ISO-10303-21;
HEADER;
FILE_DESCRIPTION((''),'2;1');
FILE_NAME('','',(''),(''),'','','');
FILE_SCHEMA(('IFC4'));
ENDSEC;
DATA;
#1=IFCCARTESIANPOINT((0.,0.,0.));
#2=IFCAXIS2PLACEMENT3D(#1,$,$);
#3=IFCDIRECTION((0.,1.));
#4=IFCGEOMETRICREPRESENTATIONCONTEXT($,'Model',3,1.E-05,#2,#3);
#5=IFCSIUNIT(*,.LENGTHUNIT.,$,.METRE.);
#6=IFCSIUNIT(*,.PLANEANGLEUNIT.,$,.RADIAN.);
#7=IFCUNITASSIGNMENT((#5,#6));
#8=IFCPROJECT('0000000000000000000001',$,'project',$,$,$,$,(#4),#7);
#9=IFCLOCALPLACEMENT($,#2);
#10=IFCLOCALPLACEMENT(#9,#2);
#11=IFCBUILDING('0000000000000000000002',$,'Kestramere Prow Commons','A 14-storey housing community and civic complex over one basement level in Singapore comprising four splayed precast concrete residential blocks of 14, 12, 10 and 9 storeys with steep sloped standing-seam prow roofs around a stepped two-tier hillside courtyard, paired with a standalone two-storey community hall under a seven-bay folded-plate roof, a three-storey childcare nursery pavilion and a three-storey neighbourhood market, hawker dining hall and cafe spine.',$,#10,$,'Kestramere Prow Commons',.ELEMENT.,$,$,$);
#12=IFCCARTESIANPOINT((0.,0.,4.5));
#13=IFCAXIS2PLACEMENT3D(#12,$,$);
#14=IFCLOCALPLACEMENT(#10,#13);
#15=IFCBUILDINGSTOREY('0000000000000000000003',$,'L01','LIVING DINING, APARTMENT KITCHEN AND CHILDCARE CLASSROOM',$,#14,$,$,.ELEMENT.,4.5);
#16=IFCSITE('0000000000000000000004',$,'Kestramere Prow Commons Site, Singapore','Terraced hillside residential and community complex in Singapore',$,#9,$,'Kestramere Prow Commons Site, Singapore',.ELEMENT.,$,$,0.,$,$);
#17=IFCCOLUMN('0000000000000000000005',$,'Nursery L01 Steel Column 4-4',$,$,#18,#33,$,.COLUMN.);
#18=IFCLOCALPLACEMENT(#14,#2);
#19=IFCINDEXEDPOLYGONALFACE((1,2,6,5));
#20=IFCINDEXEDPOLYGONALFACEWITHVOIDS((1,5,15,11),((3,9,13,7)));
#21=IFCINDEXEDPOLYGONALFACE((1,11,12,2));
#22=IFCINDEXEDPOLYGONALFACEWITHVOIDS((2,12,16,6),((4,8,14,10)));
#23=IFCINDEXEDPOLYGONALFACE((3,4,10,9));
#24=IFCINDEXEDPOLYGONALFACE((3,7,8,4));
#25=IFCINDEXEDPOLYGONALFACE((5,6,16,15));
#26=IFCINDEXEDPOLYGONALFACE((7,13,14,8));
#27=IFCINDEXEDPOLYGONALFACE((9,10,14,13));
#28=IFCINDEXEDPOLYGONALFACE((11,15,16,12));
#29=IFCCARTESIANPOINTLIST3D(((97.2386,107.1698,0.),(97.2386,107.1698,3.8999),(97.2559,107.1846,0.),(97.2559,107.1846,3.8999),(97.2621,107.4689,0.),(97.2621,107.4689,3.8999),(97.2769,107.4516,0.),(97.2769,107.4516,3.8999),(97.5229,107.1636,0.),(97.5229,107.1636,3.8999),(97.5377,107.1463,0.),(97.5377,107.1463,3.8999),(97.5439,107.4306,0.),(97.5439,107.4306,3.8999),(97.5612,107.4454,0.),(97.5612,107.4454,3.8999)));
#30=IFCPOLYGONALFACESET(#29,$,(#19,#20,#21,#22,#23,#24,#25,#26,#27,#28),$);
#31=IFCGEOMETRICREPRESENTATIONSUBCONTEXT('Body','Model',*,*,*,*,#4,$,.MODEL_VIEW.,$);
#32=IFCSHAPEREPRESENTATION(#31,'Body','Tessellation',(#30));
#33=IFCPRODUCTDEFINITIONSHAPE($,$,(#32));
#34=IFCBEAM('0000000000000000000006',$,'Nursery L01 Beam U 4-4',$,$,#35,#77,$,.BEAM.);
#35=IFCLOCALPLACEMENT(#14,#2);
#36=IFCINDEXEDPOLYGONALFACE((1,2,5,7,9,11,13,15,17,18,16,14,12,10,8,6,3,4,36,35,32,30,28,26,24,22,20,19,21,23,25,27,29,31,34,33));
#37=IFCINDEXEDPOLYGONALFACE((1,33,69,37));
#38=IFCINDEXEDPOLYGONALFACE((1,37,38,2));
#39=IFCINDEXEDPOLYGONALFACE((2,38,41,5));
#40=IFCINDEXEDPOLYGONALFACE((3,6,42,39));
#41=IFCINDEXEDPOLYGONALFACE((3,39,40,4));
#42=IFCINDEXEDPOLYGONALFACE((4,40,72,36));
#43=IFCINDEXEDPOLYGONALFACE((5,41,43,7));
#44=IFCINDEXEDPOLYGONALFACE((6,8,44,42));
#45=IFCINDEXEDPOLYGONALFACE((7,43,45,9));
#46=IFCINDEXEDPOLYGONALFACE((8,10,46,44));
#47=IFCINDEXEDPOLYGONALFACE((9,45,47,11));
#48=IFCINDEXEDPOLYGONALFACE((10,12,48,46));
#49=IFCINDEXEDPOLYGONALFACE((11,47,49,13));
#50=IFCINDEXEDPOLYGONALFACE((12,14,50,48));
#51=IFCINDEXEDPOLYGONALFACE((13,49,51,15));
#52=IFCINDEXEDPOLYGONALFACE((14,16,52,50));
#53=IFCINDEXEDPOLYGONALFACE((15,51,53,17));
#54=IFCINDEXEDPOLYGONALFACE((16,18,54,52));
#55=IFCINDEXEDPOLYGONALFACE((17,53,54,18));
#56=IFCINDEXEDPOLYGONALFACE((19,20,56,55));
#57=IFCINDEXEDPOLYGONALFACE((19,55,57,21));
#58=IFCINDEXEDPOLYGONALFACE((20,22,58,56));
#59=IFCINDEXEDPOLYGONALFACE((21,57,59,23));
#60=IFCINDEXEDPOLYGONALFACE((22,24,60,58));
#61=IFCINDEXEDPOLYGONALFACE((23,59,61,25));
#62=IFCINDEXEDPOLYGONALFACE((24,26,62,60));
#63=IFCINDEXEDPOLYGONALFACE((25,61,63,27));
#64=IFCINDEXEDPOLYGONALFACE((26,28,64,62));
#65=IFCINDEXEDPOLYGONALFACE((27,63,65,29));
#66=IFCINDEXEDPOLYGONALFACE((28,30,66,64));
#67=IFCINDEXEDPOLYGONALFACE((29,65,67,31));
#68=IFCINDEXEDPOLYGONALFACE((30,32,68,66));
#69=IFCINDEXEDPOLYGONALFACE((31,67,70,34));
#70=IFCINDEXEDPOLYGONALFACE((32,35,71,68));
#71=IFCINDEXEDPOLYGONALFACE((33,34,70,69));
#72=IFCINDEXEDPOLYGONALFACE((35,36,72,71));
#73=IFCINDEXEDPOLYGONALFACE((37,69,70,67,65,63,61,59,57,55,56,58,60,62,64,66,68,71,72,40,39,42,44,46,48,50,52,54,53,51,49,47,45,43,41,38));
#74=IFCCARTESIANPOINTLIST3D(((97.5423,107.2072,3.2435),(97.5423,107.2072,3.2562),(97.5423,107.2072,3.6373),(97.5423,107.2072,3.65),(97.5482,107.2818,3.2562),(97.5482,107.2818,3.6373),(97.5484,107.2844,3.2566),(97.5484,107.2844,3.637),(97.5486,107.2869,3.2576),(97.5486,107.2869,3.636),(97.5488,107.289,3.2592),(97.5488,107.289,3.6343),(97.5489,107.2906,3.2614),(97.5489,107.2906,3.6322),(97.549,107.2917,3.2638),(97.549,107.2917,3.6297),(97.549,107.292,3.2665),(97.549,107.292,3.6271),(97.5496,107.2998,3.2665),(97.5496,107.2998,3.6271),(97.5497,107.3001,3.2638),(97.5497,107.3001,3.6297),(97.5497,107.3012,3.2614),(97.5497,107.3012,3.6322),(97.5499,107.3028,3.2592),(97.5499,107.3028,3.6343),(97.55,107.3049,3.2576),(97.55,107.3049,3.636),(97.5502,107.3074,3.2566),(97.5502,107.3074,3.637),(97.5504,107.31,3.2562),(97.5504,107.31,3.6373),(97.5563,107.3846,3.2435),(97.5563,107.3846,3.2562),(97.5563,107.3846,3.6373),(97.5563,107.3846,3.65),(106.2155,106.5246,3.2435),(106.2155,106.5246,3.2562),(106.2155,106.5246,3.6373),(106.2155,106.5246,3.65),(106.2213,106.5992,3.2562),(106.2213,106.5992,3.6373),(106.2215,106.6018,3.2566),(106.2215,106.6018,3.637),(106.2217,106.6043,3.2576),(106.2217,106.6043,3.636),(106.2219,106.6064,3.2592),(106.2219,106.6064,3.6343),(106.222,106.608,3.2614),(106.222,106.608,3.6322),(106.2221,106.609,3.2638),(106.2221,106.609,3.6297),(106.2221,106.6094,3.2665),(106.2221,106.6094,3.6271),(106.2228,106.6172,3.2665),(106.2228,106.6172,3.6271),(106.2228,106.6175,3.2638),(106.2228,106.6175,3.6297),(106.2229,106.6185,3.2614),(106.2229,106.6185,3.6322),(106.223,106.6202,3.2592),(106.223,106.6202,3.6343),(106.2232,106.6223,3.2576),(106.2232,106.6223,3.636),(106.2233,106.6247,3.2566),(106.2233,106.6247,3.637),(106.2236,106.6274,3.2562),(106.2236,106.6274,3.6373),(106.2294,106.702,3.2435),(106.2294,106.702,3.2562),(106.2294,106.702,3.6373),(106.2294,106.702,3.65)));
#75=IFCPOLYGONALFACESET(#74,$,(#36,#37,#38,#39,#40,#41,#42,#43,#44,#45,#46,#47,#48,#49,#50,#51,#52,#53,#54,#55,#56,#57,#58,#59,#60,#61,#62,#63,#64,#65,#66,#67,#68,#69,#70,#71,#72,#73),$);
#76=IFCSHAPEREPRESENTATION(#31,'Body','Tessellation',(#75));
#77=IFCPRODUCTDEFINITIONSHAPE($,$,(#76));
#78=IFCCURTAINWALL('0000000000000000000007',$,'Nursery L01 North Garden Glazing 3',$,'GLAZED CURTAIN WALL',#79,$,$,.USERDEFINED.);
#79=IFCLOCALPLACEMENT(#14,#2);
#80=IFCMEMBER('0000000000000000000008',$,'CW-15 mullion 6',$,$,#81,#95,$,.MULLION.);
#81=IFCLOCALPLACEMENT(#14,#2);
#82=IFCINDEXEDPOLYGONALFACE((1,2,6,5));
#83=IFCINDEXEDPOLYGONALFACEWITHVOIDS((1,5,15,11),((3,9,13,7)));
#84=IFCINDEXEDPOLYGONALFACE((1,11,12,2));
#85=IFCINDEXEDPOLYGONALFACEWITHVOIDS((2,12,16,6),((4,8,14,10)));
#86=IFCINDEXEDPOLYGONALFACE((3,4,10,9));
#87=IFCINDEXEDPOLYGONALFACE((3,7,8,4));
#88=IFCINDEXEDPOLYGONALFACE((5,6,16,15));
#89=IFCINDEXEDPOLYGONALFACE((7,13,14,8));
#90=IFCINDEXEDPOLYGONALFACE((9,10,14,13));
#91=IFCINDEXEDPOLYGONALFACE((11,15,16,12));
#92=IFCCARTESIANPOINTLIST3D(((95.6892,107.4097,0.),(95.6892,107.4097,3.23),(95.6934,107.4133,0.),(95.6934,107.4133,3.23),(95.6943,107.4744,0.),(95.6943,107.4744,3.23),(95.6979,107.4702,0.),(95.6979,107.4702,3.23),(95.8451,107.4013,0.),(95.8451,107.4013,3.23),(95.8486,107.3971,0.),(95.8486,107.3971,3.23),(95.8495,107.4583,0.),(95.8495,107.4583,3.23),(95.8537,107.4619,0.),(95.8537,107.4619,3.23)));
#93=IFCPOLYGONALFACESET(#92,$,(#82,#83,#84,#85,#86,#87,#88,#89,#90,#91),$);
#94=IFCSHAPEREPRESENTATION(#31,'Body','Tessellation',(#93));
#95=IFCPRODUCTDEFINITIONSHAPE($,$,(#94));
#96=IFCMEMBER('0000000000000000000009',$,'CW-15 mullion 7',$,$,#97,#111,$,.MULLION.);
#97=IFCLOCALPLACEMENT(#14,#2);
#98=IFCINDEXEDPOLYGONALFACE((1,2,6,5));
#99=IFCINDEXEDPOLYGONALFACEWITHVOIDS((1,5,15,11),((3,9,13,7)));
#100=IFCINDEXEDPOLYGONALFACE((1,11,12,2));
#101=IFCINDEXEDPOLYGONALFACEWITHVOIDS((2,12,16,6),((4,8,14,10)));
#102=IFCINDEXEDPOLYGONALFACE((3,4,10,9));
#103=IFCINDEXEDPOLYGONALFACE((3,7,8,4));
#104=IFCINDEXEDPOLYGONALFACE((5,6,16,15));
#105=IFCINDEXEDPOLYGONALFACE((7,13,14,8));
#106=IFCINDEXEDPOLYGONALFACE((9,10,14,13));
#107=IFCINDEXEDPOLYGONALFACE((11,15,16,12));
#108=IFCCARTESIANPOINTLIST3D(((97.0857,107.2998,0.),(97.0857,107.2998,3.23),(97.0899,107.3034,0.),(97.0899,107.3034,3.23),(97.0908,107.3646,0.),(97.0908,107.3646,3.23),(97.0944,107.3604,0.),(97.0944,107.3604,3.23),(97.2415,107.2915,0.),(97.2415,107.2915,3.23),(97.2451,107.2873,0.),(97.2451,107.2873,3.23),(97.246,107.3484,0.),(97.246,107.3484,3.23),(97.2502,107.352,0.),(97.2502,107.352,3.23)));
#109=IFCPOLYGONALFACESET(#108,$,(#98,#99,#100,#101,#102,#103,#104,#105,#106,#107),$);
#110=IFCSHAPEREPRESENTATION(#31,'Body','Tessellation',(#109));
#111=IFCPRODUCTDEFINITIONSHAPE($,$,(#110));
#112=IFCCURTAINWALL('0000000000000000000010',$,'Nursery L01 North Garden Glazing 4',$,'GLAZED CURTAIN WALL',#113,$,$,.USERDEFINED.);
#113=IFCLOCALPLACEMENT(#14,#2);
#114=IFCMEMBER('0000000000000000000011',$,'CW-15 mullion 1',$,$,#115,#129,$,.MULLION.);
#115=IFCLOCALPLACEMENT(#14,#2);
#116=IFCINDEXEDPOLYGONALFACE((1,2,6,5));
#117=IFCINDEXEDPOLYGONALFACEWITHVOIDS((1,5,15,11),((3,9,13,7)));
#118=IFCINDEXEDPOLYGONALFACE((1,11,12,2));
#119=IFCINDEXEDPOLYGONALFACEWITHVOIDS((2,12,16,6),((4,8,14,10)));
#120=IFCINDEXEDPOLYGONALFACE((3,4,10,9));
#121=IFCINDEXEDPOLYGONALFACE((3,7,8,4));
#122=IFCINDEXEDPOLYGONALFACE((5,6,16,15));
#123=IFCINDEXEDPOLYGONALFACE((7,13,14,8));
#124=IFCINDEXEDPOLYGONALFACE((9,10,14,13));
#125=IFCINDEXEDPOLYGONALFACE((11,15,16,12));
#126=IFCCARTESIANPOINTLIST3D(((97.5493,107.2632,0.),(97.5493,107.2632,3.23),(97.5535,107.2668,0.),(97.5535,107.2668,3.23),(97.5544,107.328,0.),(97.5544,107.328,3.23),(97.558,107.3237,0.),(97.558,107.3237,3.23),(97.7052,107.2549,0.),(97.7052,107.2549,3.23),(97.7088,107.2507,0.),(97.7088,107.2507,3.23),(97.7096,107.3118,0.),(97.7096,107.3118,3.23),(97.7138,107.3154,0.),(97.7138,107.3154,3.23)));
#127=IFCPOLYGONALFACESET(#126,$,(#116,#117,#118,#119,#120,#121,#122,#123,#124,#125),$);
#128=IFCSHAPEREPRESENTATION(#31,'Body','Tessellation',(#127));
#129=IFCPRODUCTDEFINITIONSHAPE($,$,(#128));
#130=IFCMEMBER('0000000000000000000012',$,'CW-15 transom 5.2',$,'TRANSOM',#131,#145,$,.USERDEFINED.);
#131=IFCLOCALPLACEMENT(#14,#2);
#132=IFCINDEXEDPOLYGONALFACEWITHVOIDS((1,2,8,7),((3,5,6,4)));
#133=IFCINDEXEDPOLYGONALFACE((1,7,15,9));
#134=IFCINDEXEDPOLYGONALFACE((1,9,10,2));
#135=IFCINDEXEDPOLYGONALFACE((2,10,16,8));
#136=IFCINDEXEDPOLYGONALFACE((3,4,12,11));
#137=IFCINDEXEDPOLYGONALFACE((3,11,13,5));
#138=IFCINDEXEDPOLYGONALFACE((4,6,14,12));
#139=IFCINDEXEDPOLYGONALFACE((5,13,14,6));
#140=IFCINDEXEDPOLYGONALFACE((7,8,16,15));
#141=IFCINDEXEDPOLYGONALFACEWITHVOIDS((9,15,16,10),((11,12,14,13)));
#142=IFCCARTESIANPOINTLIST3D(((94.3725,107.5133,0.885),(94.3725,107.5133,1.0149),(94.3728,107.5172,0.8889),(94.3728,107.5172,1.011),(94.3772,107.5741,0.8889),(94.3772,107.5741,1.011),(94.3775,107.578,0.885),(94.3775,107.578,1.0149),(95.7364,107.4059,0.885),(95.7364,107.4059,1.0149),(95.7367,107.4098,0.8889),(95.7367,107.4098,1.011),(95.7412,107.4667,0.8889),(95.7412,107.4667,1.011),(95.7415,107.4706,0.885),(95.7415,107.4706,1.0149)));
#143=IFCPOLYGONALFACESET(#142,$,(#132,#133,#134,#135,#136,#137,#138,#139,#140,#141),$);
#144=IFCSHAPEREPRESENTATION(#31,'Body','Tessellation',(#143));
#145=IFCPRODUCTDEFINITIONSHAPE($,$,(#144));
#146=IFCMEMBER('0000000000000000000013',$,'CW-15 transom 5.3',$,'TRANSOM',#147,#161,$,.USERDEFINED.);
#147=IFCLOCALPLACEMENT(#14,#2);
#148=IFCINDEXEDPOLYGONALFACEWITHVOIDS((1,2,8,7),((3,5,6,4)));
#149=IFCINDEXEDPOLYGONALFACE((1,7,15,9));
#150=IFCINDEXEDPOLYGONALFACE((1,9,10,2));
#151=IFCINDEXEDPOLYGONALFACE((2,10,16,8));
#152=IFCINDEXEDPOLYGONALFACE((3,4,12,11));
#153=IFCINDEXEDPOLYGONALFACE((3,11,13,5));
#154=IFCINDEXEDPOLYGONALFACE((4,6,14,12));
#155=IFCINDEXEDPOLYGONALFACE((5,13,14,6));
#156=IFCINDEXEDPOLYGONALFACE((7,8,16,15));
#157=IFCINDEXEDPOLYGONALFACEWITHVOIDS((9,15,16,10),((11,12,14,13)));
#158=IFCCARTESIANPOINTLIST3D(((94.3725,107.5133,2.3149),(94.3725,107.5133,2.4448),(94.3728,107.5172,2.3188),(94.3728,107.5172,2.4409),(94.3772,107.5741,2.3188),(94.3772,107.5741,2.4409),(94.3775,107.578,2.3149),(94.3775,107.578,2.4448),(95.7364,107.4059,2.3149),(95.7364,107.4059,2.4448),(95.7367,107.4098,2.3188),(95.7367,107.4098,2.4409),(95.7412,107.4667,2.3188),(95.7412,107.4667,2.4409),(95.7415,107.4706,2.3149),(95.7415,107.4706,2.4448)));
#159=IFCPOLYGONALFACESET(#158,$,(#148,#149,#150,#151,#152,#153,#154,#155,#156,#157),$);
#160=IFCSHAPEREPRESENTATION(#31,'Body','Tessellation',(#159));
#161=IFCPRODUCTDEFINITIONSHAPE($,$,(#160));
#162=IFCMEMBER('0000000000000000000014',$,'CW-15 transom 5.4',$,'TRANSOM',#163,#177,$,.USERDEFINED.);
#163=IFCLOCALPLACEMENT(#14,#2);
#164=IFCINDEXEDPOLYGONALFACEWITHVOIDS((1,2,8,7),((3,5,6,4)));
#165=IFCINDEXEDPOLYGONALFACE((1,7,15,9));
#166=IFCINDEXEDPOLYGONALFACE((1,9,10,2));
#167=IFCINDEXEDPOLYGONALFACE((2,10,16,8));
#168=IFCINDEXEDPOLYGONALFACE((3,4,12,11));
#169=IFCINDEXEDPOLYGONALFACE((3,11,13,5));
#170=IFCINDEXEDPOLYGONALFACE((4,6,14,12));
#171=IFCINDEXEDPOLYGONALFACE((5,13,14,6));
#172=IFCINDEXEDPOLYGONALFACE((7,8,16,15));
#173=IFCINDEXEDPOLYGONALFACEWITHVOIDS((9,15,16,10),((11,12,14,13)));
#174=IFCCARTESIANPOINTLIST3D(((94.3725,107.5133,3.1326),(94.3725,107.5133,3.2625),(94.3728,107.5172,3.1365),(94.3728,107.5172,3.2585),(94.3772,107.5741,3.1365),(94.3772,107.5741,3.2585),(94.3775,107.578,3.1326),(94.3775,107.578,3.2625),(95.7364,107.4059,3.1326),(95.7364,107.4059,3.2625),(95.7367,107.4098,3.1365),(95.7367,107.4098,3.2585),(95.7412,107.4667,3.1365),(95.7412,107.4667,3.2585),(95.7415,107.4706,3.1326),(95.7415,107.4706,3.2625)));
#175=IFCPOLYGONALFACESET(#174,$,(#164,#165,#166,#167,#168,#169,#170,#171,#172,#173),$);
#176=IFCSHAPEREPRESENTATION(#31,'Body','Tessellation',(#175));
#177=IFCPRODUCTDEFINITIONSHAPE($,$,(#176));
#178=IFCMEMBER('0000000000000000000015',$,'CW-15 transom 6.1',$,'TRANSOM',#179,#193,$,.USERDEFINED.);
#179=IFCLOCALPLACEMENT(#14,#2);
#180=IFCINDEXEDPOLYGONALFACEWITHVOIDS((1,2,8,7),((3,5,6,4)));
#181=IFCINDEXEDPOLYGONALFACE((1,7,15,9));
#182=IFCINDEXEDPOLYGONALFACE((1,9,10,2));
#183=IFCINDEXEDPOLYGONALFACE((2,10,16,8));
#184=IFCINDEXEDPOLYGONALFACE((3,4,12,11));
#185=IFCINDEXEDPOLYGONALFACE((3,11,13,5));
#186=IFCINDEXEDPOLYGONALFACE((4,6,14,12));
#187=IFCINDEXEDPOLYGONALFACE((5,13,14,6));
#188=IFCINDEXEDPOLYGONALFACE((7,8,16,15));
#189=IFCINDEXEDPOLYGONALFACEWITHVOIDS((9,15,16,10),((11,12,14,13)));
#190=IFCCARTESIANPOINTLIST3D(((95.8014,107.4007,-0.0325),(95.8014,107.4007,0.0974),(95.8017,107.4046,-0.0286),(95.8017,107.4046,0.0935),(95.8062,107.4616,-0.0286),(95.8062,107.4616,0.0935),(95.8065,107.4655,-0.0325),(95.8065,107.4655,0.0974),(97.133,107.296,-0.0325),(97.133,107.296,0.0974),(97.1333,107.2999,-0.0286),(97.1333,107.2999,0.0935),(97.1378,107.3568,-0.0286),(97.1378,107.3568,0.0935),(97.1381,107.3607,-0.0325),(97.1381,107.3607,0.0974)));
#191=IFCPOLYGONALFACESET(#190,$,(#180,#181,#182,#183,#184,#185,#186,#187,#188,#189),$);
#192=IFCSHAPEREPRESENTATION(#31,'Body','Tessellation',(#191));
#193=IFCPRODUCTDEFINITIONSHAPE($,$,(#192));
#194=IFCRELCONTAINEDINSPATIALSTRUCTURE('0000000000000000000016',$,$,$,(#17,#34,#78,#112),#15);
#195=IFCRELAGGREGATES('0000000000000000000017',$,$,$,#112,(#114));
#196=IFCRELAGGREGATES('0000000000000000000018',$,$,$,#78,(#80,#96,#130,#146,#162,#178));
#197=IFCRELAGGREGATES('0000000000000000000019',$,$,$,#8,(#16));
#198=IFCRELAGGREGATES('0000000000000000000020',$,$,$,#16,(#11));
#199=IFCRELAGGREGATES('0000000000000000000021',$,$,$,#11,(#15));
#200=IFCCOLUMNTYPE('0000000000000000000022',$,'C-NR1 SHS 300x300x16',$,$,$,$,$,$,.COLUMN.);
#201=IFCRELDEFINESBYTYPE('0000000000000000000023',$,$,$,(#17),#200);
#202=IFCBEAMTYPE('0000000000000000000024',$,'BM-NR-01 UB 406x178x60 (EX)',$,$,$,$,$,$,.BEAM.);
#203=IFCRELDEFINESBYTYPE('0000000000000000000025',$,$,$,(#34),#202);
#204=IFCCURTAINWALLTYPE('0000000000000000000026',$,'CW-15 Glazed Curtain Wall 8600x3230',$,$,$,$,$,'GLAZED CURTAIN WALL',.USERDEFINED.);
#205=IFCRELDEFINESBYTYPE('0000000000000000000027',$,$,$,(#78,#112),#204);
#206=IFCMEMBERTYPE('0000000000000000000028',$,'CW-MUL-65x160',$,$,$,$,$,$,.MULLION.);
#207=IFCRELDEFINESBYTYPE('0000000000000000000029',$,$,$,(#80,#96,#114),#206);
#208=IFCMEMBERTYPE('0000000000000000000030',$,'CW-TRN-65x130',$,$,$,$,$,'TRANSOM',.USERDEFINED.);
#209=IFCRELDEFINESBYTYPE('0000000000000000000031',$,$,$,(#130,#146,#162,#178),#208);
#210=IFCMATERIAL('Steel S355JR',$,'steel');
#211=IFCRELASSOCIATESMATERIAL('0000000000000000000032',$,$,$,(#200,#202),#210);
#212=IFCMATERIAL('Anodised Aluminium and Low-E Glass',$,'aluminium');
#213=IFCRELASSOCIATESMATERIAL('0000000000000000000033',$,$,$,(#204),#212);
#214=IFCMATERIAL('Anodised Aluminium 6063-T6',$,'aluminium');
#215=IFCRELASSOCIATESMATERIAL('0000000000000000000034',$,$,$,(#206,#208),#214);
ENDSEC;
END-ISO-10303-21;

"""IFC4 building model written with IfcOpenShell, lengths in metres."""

from ifc_helpers import new_model, si_unit, direction, frame, origin, origin_2d, place, context, subcontext, project, spatial, hollow_rectangle, i_section, extrude, material, material_profile, profile_set, type_object, element, aggregate, save


model = new_model("IFC4")

# Units and contexts
model_context = context("Model", 3, precision=1e-05, world=origin(), true_north=direction((0.0, 1.0)))
body_context = subcontext(model_context, "Body", "Model", "MODEL_VIEW")
ifc_project = project(units=[si_unit("LENGTHUNIT", "METRE"), si_unit("PLANEANGLEUNIT", "RADIAN")], contexts=[model_context])

# Site, building, storey
site_placement = place(None, origin())
site = spatial("IfcSite", under=ifc_project, at=site_placement, Name="Kestramere Prow Commons Site, Singapore", Description="Terraced hillside residential and community complex in Singapore", LongName="Kestramere Prow Commons Site, Singapore", CompositionType="ELEMENT", RefElevation=0.0)
building_placement = place(site_placement, origin())
building = spatial("IfcBuilding", under=site, at=building_placement, Name="Kestramere Prow Commons", Description="A 14-storey housing community and civic complex over one basement level in Singapore comprising four splayed precast concrete residential blocks of 14, 12, 10 and 9 storeys with steep sloped standing-seam prow roofs around a stepped two-tier hillside courtyard, paired with a standalone two-storey community hall under a seven-bay folded-plate roof, a three-storey childcare nursery pavilion and a three-storey neighbourhood market, hawker dining hall and cafe spine.", LongName="Kestramere Prow Commons", CompositionType="ELEMENT")
storey_placement = place(building_placement, frame((0.0, 0.0, 4.5)))
storey = spatial("IfcBuildingStorey", under=building, at=storey_placement, Name="L01", Description="LIVING DINING, APARTMENT KITCHEN AND CHILDCARE CLASSROOM", CompositionType="ELEMENT", Elevation=4.5)

# Column
ifc_material_1 = material(Name="Steel S355JR", Category="steel")
ifc_material_profile_1 = material_profile(ifc_material_1, hollow_rectangle(XDim=0.3, YDim=0.3, WallThickness=0.0161, at=origin_2d()), Name="SHS 300x300x16")
ifc_profile_set_1 = profile_set([ifc_material_profile_1], Name="Steel S355JR")
column_type = type_object("IfcColumnType", Name="C-NR1 SHS 300x300x16", PredefinedType="COLUMN", material=ifc_profile_set_1)
column_placement = place(storey_placement, frame((97.3999, 107.3076, 0.0), z_axis=(0.0, 0.0, 1.0), x_axis=(0.996917, -0.078459, 0.0)))
element("IfcColumn", 1, at=column_placement, inside=storey, type_object=column_type, Name="Nursery L01 Steel Column 4-4", PredefinedType="COLUMN", context=body_context, shape_type="SweptSolid", body=[
    extrude(hollow_rectangle(XDim=0.3, YDim=0.3, WallThickness=0.0161, at=origin_2d()), origin(), (0.0, 0.0, 1.0), 3.8999),
])

# Beam
ifc_material_profile_2 = material_profile(ifc_material_1, i_section(OverallWidth=0.178, OverallDepth=0.4065, WebThickness=0.0078, FlangeThickness=0.0127, FilletRadius=0.0103, at=origin_2d()), Name="UB 406x178x60")
ifc_profile_set_2 = profile_set([ifc_material_profile_2], Name="Steel S355JR")
beam_type = type_object("IfcBeamType", Name="BM-NR-01 UB 406x178x60 (EX)", PredefinedType="BEAM", material=ifc_profile_set_2)
beam_placement = place(storey_placement, frame((97.5493, 107.2959, 3.4468), z_axis=(0.996917, -0.078462, 0.0), x_axis=(0.078462, 0.996917, 0.0)))
element("IfcBeam", 2, at=beam_placement, inside=storey, type_object=beam_type, Name="Nursery L01 Beam U 4-4", PredefinedType="BEAM", context=body_context, shape_type="SweptSolid", body=[
    extrude(i_section(OverallWidth=0.178, OverallDepth=0.4065, WebThickness=0.0078, FlangeThickness=0.0127, FilletRadius=0.0103, at=origin_2d()), origin(), (0.0, 0.0, 1.0), 8.7),
])

# Curtain wall, members
ifc_material_2 = material(Name="Anodised Aluminium and Low-E Glass", Category="aluminium")
curtain_wall_type = type_object("IfcCurtainWallType", Name="CW-15 Glazed Curtain Wall 8600x3230", ElementType="GLAZED CURTAIN WALL", PredefinedType="USERDEFINED", material=ifc_material_2)
curtain_wall_1_placement = place(storey_placement, origin())
curtain_wall_1 = element("IfcCurtainWall", 3, at=curtain_wall_1_placement, inside=storey, type_object=curtain_wall_type, Name="Nursery L01 North Garden Glazing 3", ObjectType="GLAZED CURTAIN WALL", PredefinedType="USERDEFINED")
ifc_material_3 = material(Name="Anodised Aluminium 6063-T6", Category="aluminium")
ifc_material_profile_3 = material_profile(ifc_material_3, hollow_rectangle(XDim=0.0649, YDim=0.1599, WallThickness=0.0039, at=origin_2d()), Name="ALU-MUL 65x160")
ifc_profile_set_3 = profile_set([ifc_material_profile_3], Name="Anodised Aluminium 6063-T6")
member_type_1 = type_object("IfcMemberType", Name="CW-MUL-65x160", PredefinedType="MULLION", material=ifc_profile_set_3)
member_1_placement = place(storey_placement, frame((95.7715, 107.4358, 0.0), z_axis=(0.0, 0.0, 1.0), x_axis=(0.078459, 0.996917, 0.0)))
member_1 = element("IfcMember", 4, at=member_1_placement, type_object=member_type_1, Name="CW-15 mullion 6", PredefinedType="MULLION", context=body_context, shape_type="SweptSolid", body=[
    extrude(hollow_rectangle(XDim=0.0649, YDim=0.1599, WallThickness=0.0039, at=origin_2d()), origin(), (0.0, 0.0, 1.0), 3.23),
])
member_2_placement = place(storey_placement, frame((97.168, 107.3259, 0.0), z_axis=(0.0, 0.0, 1.0), x_axis=(0.078459, 0.996917, 0.0)))
member_2 = element("IfcMember", 5, at=member_2_placement, type_object=member_type_1, Name="CW-15 mullion 7", PredefinedType="MULLION", context=body_context, shape_type="SweptSolid", body=[
    extrude(hollow_rectangle(XDim=0.0649, YDim=0.1599, WallThickness=0.0039, at=origin_2d()), origin(), (0.0, 0.0, 1.0), 3.23),
])

# Curtain wall, member
curtain_wall_2_placement = place(storey_placement, origin())
curtain_wall_2 = element("IfcCurtainWall", 6, at=curtain_wall_2_placement, inside=storey, type_object=curtain_wall_type, Name="Nursery L01 North Garden Glazing 4", ObjectType="GLAZED CURTAIN WALL", PredefinedType="USERDEFINED")
member_3_placement = place(storey_placement, frame((97.6316, 107.2893, 0.0), z_axis=(0.0, 0.0, 1.0), x_axis=(0.078459, 0.996917, 0.0)))
member_3 = element("IfcMember", 7, at=member_3_placement, type_object=member_type_1, Name="CW-15 mullion 1", PredefinedType="MULLION", context=body_context, shape_type="SweptSolid", body=[
    extrude(hollow_rectangle(XDim=0.0649, YDim=0.1599, WallThickness=0.0039, at=origin_2d()), origin(), (0.0, 0.0, 1.0), 3.23),
])

# Members
ifc_material_profile_4 = material_profile(ifc_material_3, hollow_rectangle(XDim=0.0649, YDim=0.1299, WallThickness=0.0039, at=origin_2d()), Name="ALU-TRN 65x130")
ifc_profile_set_4 = profile_set([ifc_material_profile_4], Name="Anodised Aluminium 6063-T6")
member_type_2 = type_object("IfcMemberType", Name="CW-TRN-65x130", ElementType="TRANSOM", PredefinedType="USERDEFINED", material=ifc_profile_set_4)
member_4_placement = place(storey_placement, frame((94.375, 107.5457, 0.95), z_axis=(0.996913, -0.078511, 0.0), x_axis=(0.078511, 0.996913, 0.0)))
member_4 = element("IfcMember", 8, at=member_4_placement, type_object=member_type_2, Name="CW-15 transom 5.2", ObjectType="TRANSOM", PredefinedType="USERDEFINED", context=body_context, shape_type="SweptSolid", body=[
    extrude(hollow_rectangle(XDim=0.0649, YDim=0.1299, WallThickness=0.0039, at=origin_2d()), origin(), (0.0, 0.0, 1.0), 1.3682),
])
member_5_placement = place(storey_placement, frame((94.375, 107.5457, 2.3799), z_axis=(0.996913, -0.078511, 0.0), x_axis=(0.078511, 0.996913, 0.0)))
member_5 = element("IfcMember", 9, at=member_5_placement, type_object=member_type_2, Name="CW-15 transom 5.3", ObjectType="TRANSOM", PredefinedType="USERDEFINED", context=body_context, shape_type="SweptSolid", body=[
    extrude(hollow_rectangle(XDim=0.0649, YDim=0.1299, WallThickness=0.0039, at=origin_2d()), origin(), (0.0, 0.0, 1.0), 1.3682),
])
member_6_placement = place(storey_placement, frame((94.375, 107.5457, 3.1975), z_axis=(0.996913, -0.078511, 0.0), x_axis=(0.078511, 0.996913, 0.0)))
member_6 = element("IfcMember", 10, at=member_6_placement, type_object=member_type_2, Name="CW-15 transom 5.4", ObjectType="TRANSOM", PredefinedType="USERDEFINED", context=body_context, shape_type="SweptSolid", body=[
    extrude(hollow_rectangle(XDim=0.0649, YDim=0.1299, WallThickness=0.0039, at=origin_2d()), origin(), (0.0, 0.0, 1.0), 1.3682),
])
member_7_placement = place(storey_placement, frame((95.804, 107.4331, 0.0325), z_axis=(0.996921, -0.078416, 0.0), x_axis=(0.078416, 0.996921, 0.0)))
member_7 = element("IfcMember", 11, at=member_7_placement, type_object=member_type_2, Name="CW-15 transom 6.1", ObjectType="TRANSOM", PredefinedType="USERDEFINED", context=body_context, shape_type="SweptSolid", body=[
    extrude(hollow_rectangle(XDim=0.0649, YDim=0.1299, WallThickness=0.0039, at=origin_2d()), origin(), (0.0, 0.0, 1.0), 1.3357),
])
aggregate(curtain_wall_2, [member_3])

aggregate(curtain_wall_1, [member_1, member_2, member_4, member_5, member_6, member_7])

save(model, "model.ifc")
